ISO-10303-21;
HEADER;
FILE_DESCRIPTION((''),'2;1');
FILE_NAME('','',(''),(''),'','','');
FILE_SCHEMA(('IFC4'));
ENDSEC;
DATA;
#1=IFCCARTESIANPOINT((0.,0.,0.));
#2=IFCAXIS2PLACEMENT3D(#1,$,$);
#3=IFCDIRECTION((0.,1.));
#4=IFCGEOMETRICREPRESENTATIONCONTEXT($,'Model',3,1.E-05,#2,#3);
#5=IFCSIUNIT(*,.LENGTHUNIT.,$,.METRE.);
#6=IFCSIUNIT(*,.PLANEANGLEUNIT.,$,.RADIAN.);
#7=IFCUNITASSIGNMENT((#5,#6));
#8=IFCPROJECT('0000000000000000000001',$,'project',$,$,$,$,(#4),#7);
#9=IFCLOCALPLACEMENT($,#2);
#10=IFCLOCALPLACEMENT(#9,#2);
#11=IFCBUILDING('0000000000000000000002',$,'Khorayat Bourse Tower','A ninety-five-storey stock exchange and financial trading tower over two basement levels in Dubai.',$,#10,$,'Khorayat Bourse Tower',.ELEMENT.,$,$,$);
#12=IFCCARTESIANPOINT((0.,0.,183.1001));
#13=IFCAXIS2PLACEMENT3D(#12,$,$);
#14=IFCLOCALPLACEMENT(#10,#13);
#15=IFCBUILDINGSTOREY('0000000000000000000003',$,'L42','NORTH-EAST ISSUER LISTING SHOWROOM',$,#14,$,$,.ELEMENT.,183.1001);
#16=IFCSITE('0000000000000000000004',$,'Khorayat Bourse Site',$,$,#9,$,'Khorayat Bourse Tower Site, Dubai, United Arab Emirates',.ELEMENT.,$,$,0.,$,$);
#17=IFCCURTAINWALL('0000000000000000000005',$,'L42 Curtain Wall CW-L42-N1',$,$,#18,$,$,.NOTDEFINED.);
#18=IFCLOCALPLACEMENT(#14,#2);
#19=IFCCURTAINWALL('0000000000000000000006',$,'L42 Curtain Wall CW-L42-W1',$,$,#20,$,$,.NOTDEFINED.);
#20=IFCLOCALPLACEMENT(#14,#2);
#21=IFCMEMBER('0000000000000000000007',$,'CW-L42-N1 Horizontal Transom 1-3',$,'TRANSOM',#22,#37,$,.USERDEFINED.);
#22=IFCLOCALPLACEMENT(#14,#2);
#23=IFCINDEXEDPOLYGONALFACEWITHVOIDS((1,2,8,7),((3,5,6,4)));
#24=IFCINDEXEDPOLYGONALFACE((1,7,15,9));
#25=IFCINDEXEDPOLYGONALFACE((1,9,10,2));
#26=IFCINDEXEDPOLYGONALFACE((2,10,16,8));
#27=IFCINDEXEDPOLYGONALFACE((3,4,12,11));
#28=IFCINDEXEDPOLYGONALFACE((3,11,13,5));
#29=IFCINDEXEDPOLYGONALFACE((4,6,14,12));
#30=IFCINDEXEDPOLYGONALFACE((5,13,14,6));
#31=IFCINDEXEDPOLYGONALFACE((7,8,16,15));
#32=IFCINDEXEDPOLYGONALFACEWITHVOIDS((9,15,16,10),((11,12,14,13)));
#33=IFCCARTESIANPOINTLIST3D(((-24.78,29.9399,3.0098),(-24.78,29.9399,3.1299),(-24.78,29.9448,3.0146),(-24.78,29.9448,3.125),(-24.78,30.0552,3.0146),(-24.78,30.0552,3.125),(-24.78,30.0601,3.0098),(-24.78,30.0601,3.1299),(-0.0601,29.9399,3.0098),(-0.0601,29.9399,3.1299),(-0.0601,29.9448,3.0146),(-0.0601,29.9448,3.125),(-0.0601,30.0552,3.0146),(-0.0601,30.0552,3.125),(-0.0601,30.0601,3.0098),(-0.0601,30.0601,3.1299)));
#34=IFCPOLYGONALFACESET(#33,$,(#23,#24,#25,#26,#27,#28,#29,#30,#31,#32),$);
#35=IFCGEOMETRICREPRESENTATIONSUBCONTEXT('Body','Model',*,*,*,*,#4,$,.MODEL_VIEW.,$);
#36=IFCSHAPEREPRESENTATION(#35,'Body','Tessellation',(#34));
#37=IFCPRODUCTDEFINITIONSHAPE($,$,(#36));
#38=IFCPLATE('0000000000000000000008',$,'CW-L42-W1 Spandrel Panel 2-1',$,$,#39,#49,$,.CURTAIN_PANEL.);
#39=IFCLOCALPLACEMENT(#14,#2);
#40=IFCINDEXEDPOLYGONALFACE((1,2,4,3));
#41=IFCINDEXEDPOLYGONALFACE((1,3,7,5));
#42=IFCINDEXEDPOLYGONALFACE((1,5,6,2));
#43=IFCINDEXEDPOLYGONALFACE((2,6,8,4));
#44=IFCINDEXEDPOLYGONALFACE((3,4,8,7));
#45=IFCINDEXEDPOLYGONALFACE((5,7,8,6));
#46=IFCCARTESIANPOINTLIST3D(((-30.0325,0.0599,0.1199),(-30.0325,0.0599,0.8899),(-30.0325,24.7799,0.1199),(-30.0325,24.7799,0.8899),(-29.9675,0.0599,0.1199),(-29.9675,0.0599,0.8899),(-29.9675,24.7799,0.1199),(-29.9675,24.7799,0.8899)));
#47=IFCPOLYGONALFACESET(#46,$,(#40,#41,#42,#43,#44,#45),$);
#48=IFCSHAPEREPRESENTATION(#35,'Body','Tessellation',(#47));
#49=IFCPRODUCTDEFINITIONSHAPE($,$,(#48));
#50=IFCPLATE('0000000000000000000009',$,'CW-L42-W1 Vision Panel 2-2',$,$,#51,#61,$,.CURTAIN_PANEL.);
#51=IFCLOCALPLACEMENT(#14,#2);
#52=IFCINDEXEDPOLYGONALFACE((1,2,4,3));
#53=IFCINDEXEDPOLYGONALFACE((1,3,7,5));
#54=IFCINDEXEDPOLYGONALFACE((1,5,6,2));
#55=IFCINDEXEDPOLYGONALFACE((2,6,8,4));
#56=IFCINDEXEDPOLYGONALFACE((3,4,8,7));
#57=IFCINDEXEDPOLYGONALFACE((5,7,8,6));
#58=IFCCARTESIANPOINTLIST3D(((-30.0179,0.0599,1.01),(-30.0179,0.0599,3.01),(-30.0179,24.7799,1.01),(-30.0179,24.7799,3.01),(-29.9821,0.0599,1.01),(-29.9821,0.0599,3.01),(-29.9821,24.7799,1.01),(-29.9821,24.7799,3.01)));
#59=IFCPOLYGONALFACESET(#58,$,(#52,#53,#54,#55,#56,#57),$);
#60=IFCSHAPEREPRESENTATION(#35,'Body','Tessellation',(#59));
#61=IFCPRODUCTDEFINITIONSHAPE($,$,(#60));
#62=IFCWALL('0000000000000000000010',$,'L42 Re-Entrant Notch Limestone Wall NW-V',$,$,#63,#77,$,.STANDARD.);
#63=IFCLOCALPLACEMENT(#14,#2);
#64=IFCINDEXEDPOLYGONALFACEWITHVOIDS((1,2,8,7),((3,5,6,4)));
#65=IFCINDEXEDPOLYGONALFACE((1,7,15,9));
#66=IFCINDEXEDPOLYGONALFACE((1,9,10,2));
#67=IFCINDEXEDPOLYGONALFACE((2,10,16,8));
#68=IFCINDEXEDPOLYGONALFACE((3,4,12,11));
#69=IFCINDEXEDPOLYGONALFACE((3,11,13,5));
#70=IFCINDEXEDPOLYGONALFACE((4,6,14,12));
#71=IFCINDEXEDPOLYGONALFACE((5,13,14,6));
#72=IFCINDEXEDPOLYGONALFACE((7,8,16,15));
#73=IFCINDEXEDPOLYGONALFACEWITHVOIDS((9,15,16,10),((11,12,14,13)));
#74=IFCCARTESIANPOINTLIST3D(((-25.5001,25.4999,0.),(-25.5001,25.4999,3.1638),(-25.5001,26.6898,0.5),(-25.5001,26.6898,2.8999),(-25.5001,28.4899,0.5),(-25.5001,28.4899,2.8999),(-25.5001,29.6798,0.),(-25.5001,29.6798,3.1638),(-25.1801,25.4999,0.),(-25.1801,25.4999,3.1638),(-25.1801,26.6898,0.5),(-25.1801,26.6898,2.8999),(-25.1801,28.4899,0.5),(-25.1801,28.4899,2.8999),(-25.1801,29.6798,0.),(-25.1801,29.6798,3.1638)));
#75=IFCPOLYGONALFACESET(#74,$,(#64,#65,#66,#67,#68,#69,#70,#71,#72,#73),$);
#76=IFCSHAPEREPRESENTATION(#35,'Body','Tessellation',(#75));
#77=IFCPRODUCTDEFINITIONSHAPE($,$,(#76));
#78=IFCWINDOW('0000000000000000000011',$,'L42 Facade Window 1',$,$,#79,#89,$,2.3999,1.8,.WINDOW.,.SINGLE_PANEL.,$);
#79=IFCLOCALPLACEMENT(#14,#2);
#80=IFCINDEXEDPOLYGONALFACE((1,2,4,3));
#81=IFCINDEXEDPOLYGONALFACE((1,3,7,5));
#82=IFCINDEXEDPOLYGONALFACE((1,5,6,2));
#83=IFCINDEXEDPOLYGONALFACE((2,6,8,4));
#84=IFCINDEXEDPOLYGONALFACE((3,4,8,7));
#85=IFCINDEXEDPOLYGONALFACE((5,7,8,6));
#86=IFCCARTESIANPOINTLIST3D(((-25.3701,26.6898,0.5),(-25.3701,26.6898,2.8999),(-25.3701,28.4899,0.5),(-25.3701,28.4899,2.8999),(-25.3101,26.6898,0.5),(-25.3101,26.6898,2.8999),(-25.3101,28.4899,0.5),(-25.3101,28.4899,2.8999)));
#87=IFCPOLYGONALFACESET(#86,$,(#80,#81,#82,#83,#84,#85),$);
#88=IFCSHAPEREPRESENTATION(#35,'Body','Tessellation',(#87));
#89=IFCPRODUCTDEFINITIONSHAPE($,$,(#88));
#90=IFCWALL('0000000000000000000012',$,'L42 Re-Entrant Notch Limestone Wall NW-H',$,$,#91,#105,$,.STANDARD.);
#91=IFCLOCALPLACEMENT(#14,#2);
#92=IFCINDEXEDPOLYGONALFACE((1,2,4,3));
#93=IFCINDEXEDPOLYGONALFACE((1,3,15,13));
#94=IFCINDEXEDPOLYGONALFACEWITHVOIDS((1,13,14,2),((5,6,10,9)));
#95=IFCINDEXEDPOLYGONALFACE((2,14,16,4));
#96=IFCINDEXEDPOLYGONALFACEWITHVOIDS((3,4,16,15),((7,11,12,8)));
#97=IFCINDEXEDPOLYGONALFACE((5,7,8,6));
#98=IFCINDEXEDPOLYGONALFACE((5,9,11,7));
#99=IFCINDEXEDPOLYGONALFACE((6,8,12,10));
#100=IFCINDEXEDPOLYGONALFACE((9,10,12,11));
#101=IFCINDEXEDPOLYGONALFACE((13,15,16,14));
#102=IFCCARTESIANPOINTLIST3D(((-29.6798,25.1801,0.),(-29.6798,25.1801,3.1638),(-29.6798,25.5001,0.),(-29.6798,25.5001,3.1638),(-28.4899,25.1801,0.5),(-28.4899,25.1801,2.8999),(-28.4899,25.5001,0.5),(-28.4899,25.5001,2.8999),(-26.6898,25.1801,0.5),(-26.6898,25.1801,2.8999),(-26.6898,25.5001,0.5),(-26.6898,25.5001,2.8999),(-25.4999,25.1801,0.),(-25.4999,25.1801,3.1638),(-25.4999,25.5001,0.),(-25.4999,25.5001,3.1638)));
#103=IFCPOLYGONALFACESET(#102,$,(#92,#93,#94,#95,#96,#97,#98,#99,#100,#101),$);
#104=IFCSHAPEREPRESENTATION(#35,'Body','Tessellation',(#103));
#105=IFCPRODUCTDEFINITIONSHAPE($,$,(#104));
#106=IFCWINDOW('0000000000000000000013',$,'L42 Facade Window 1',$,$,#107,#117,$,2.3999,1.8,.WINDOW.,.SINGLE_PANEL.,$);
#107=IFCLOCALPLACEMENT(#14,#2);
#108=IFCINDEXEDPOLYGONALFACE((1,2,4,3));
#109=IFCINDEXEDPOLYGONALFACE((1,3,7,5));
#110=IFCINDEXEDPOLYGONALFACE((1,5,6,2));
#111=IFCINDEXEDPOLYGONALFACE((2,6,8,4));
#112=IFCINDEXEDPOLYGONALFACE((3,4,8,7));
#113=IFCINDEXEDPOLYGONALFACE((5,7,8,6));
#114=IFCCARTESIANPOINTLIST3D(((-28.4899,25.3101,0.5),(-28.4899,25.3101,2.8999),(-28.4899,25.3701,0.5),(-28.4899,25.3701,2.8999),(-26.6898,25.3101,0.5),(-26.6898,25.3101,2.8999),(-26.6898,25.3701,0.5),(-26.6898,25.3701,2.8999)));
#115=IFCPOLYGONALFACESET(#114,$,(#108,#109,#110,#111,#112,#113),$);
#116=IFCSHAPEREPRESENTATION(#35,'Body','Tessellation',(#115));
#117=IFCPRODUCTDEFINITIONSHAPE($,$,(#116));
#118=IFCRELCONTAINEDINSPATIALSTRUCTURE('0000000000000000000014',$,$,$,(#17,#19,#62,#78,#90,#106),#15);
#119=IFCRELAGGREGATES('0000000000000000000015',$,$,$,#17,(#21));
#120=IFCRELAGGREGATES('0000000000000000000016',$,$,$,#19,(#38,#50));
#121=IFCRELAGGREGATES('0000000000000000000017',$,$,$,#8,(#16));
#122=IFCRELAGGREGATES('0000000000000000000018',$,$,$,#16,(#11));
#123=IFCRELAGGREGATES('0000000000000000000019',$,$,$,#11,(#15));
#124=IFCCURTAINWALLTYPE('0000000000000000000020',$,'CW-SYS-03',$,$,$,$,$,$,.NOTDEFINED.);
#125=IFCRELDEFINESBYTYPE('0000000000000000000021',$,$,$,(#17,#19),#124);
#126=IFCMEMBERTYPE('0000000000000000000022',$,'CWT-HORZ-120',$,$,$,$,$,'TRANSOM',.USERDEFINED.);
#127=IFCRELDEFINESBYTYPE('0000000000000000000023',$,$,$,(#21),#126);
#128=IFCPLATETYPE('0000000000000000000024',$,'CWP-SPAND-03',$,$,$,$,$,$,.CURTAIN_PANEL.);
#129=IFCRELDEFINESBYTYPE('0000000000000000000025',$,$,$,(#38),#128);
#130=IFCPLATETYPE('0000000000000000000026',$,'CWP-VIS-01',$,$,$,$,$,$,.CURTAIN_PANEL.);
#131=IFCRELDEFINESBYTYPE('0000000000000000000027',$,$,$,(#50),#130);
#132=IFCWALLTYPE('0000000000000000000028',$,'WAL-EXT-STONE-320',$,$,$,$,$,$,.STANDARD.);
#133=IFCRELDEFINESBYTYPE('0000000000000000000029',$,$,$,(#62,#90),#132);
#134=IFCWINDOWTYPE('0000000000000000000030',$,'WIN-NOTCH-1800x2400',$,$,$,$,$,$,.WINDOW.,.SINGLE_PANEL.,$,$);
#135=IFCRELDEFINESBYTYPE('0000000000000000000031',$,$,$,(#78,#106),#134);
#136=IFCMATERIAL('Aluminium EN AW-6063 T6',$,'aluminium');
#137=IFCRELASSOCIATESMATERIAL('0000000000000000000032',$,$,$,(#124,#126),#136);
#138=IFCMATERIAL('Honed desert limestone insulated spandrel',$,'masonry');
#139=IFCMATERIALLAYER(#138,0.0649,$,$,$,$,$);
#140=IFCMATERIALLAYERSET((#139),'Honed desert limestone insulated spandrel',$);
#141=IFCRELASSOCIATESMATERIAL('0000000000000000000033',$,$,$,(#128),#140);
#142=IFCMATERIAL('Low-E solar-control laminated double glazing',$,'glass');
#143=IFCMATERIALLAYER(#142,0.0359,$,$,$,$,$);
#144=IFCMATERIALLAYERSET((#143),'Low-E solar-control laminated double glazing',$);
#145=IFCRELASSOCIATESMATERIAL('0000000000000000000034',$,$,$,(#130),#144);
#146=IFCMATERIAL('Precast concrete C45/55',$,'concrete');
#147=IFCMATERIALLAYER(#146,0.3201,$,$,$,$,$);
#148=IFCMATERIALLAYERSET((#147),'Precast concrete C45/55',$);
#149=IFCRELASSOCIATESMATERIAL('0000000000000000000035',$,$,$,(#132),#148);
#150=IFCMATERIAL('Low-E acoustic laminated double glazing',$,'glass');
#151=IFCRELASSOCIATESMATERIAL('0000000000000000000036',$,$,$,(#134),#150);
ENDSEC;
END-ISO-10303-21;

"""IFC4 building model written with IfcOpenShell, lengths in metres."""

from ifc_helpers import new_model, si_unit, direction, frame, frame_2d, origin, origin_2d, place, context, subcontext, project, spatial, rectangle, hollow_rectangle, extrude, source, transform, mapped, material, layer, layer_set, material_profile, profile_set, type_object, element, fill, aggregate, save


model = new_model("IFC4")

# Units and contexts
model_context = context("Model", 3, precision=1e-05, world=origin(), true_north=direction((0.0, 1.0)))
body_context = subcontext(model_context, "Body", "Model", "MODEL_VIEW")
ifc_project = project(units=[si_unit("LENGTHUNIT", "METRE"), si_unit("PLANEANGLEUNIT", "RADIAN")], contexts=[model_context])

# Site, building, storey
site_placement = place(None, origin())
site = spatial("IfcSite", under=ifc_project, at=site_placement, Name="Khorayat Bourse Site", LongName="Khorayat Bourse Tower Site, Dubai, United Arab Emirates", CompositionType="ELEMENT", RefElevation=0.0)
building_placement = place(site_placement, origin())
building = spatial("IfcBuilding", under=site, at=building_placement, Name="Khorayat Bourse Tower", Description="A ninety-five-storey stock exchange and financial trading tower over two basement levels in Dubai.", LongName="Khorayat Bourse Tower", CompositionType="ELEMENT")
storey_placement = place(building_placement, frame((0.0, 0.0, 183.1001)))
storey = spatial("IfcBuildingStorey", under=building, at=storey_placement, Name="L42", Description="NORTH-EAST ISSUER LISTING SHOWROOM", CompositionType="ELEMENT", Elevation=183.1001)

# Curtain wall
ifc_material_1 = material(Name="Aluminium EN AW-6063 T6", Category="aluminium")
curtain_wall_type = type_object("IfcCurtainWallType", Name="CW-SYS-03", PredefinedType="NOTDEFINED", material=ifc_material_1)
curtain_wall_1_placement = place(storey_placement, origin())
curtain_wall_1 = element("IfcCurtainWall", 1, at=curtain_wall_1_placement, inside=storey, type_object=curtain_wall_type, Name="L42 Curtain Wall CW-L42-N1", PredefinedType="NOTDEFINED")

# Curtain wall
curtain_wall_2_placement = place(storey_placement, origin())
curtain_wall_2 = element("IfcCurtainWall", 2, at=curtain_wall_2_placement, inside=storey, type_object=curtain_wall_type, Name="L42 Curtain Wall CW-L42-W1", PredefinedType="NOTDEFINED")

# Member
ifc_material_profile_1 = material_profile(ifc_material_1, hollow_rectangle(XDim=0.1201, YDim=0.1201, WallThickness=0.0049, at=origin_2d()), Name="ALU 120x120x5")
ifc_profile_set_1 = profile_set([ifc_material_profile_1], Name="Aluminium EN AW-6063 T6")
member_type_1 = type_object("IfcMemberType", Name="CWT-HORZ-120", ElementType="TRANSOM", PredefinedType="USERDEFINED", material=ifc_profile_set_1)
shared_shape_1 = source(origin(), body_context, "Body", "SweptSolid", [
    extrude(hollow_rectangle(XDim=0.1201, YDim=0.1201, WallThickness=0.0049, at=origin_2d()), origin(), (0.0, 0.0, 1.0), 24.72),
])
member_1_placement = place(storey_placement, frame((-24.78, 30.0, 3.0698), z_axis=(1.0, 0.0, 0.0), x_axis=(0.0, 1.0, 0.0)))
member_1 = element("IfcMember", 3, at=member_1_placement, type_object=member_type_1, Name="CW-L42-N1 Horizontal Transom 1-3", ObjectType="TRANSOM", PredefinedType="USERDEFINED", context=body_context, shape_type="MappedRepresentation", body=[
    mapped(shared_shape_1, transform((0.0, 0.0, 0.0), scale=1.0)),
])
aggregate(curtain_wall_1, [member_1])

# Plates
ifc_material_2 = material(Name="Honed desert limestone insulated spandrel", Category="masonry")
ifc_layer_1 = layer(ifc_material_2, 0.0649)
ifc_layer_set_1 = layer_set([ifc_layer_1], Name="Honed desert limestone insulated spandrel")
plate_type_1 = type_object("IfcPlateType", Name="CWP-SPAND-03", PredefinedType="CURTAIN_PANEL", material=ifc_layer_set_1)
shared_shape_2 = source(origin(), body_context, "Body", "SweptSolid", [
    extrude(rectangle(XDim=24.72, YDim=0.0649, at=origin_2d()), origin(), (0.0, 0.0, 1.0), 0.77),
])
plate_1_placement = place(storey_placement, frame((-30.0, 12.4199, 0.1199), z_axis=(0.0, 0.0, 1.0), x_axis=(0.0, 1.0, 0.0)))
plate_1 = element("IfcPlate", 4, at=plate_1_placement, type_object=plate_type_1, Name="CW-L42-W1 Spandrel Panel 2-1", PredefinedType="CURTAIN_PANEL", context=body_context, shape_type="MappedRepresentation", body=[
    mapped(shared_shape_2, transform((0.0, 0.0, 0.0), scale=1.0)),
])
ifc_material_3 = material(Name="Low-E solar-control laminated double glazing", Category="glass")
ifc_layer_2 = layer(ifc_material_3, 0.0359)
ifc_layer_set_2 = layer_set([ifc_layer_2], Name="Low-E solar-control laminated double glazing")
plate_type_2 = type_object("IfcPlateType", Name="CWP-VIS-01", PredefinedType="CURTAIN_PANEL", material=ifc_layer_set_2)
shared_shape_3 = source(origin(), body_context, "Body", "SweptSolid", [
    extrude(rectangle(XDim=24.72, YDim=0.0359, at=origin_2d()), origin(), (0.0, 0.0, 1.0), 2.0),
])
plate_2_placement = place(storey_placement, frame((-30.0, 12.4199, 1.01), z_axis=(0.0, 0.0, 1.0), x_axis=(0.0, 1.0, 0.0)))
plate_2 = element("IfcPlate", 5, at=plate_2_placement, type_object=plate_type_2, Name="CW-L42-W1 Vision Panel 2-2", PredefinedType="CURTAIN_PANEL", context=body_context, shape_type="MappedRepresentation", body=[
    mapped(shared_shape_3, transform((0.0, 0.0, 0.0), scale=1.0)),
])
aggregate(curtain_wall_2, [plate_1, plate_2])

# Walls, openings, windows
ifc_material_4 = material(Name="Precast concrete C45/55", Category="concrete")
ifc_layer_3 = layer(ifc_material_4, 0.3201)
ifc_layer_set_3 = layer_set([ifc_layer_3], Name="Precast concrete C45/55")
wall_type = type_object("IfcWallType", Name="WAL-EXT-STONE-320", PredefinedType="STANDARD", material=ifc_layer_set_3)
shared_shape_4 = source(origin(), body_context, "Body", "SweptSolid", [
    extrude(rectangle(XDim=4.1799, YDim=0.3201, at=frame_2d((2.0898, 0.0))), origin(), (0.0, 0.0, 1.0), 3.1638),
])
wall_1_placement = place(storey_placement, frame((-25.3401, 25.5, 0.0), z_axis=(0.0, 0.0, 1.0), x_axis=(0.0, 1.0, 0.0)))
wall_1 = element("IfcWall", 6, at=wall_1_placement, inside=storey, type_object=wall_type, Name="L42 Re-Entrant Notch Limestone Wall NW-V", PredefinedType="STANDARD", context=body_context, shape_type="MappedRepresentation", body=[
    mapped(shared_shape_4, transform((0.0, 0.0, 0.0), scale=1.0)),
])
shared_shape_5 = source(origin(), body_context, "Body", "SweptSolid", [
    extrude(rectangle(XDim=1.8, YDim=2.3999, at=frame_2d((0.8999, 1.2))), frame((0.0, 0.1699, 0.0), z_axis=(0.0, -1.0, 0.0), x_axis=(1.0, 0.0, 0.0)), (0.0, 0.0, 1.0), 0.3401),
])
opening_1_placement = place(wall_1_placement, frame((1.1899, 0.0, 0.5)))
opening_1 = element("IfcOpeningElement", 7, at=opening_1_placement, cuts=wall_1, PredefinedType="OPENING", context=body_context, shape_type="MappedRepresentation", body=[
    mapped(shared_shape_5, transform((0.0, 0.0, 0.0), scale=1.0)),
])
ifc_material_5 = material(Name="Low-E acoustic laminated double glazing", Category="glass")
window_type = type_object("IfcWindowType", Name="WIN-NOTCH-1800x2400", PartitioningType="SINGLE_PANEL", PredefinedType="WINDOW", material=ifc_material_5)
shared_shape_6 = source(origin(), body_context, "Body", "SweptSolid", [
    extrude(rectangle(XDim=1.8, YDim=2.3999, at=frame_2d((0.8999, 1.2))), frame((0.0, 0.03, 0.0), z_axis=(0.0, -1.0, 0.0), x_axis=(1.0, 0.0, 0.0)), (0.0, 0.0, 1.0), 0.0601),
])
window_1_placement = place(opening_1_placement, origin())
window_1 = element("IfcWindow", 8, at=window_1_placement, inside=storey, type_object=window_type, Name="L42 Facade Window 1", OverallHeight=2.3999, OverallWidth=1.8, PartitioningType="SINGLE_PANEL", PredefinedType="WINDOW", context=body_context, shape_type="MappedRepresentation", body=[
    mapped(shared_shape_6, transform((0.0, 0.0, 0.0), scale=1.0)),
])
fill(opening_1, window_1)
wall_2_placement = place(storey_placement, frame((-25.5, 25.3401, 0.0), z_axis=(0.0, 0.0, 1.0), x_axis=(-1.0, 0.0, 0.0)))
wall_2 = element("IfcWall", 9, at=wall_2_placement, inside=storey, type_object=wall_type, Name="L42 Re-Entrant Notch Limestone Wall NW-H", PredefinedType="STANDARD", context=body_context, shape_type="MappedRepresentation", body=[
    mapped(shared_shape_4, transform((0.0, 0.0, 0.0), scale=1.0)),
])
opening_2_placement = place(wall_2_placement, frame((1.1899, 0.0, 0.5)))
opening_2 = element("IfcOpeningElement", 10, at=opening_2_placement, cuts=wall_2, PredefinedType="OPENING", context=body_context, shape_type="MappedRepresentation", body=[
    mapped(shared_shape_5, transform((0.0, 0.0, 0.0), scale=1.0)),
])
window_2_placement = place(opening_2_placement, origin())
window_2 = element("IfcWindow", 11, at=window_2_placement, inside=storey, type_object=window_type, Name="L42 Facade Window 1", OverallHeight=2.3999, OverallWidth=1.8, PartitioningType="SINGLE_PANEL", PredefinedType="WINDOW", context=body_context, shape_type="MappedRepresentation", body=[
    mapped(shared_shape_6, transform((0.0, 0.0, 0.0), scale=1.0)),
])
fill(opening_2, window_2)

save(model, "model.ifc")
